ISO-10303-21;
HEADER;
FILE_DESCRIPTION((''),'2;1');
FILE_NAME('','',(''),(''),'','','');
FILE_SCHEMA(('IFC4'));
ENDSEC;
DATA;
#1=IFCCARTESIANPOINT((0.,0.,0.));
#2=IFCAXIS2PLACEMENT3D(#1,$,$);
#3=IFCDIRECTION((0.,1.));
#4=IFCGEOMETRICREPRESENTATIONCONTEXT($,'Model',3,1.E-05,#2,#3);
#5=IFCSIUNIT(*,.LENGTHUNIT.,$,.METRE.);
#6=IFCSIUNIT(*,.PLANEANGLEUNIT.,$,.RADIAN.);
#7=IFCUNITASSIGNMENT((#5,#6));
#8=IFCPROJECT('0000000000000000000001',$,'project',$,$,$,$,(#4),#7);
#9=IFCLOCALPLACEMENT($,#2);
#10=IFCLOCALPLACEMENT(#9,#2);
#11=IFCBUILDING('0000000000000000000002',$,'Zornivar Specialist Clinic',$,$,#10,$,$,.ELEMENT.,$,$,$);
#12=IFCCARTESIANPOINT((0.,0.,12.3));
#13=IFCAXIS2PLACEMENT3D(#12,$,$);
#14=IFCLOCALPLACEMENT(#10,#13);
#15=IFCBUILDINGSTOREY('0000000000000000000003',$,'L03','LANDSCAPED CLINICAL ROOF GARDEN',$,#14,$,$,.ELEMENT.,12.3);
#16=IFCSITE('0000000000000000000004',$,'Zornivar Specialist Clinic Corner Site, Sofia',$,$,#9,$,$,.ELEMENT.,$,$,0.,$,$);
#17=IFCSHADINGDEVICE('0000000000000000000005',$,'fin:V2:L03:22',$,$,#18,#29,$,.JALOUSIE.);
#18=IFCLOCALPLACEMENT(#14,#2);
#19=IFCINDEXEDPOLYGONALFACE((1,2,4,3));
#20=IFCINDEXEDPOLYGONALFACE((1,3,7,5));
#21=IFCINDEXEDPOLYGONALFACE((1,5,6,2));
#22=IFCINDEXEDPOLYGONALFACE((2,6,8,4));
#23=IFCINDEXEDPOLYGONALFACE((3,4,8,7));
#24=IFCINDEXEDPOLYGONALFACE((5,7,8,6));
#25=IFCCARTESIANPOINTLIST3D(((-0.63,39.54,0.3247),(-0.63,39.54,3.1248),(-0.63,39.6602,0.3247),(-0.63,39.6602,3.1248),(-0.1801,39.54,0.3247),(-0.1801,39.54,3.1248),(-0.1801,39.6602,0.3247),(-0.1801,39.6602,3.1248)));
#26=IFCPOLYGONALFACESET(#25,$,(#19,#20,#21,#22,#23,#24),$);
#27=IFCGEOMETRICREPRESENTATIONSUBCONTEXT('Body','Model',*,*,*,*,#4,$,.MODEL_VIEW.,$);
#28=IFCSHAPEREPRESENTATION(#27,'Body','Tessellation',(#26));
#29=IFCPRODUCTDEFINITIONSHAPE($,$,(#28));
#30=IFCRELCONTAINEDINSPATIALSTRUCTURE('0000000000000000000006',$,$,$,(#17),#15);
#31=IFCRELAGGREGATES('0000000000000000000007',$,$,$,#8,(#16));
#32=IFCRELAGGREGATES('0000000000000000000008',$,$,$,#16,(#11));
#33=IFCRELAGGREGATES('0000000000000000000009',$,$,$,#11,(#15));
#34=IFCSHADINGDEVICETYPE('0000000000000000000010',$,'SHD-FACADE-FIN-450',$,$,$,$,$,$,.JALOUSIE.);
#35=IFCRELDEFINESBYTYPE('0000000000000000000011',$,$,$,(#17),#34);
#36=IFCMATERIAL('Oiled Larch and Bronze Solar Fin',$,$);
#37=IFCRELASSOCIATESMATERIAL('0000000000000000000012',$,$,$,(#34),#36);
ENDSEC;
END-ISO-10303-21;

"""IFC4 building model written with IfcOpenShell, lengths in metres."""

from ifc_helpers import new_model, si_unit, direction, frame, origin, origin_2d, place, context, subcontext, project, spatial, rectangle, extrude, material, type_object, element, save


model = new_model("IFC4")

# Units and contexts
model_context = context("Model", 3, precision=1e-05, world=origin(), true_north=direction((0.0, 1.0)))
body_context = subcontext(model_context, "Body", "Model", "MODEL_VIEW")
ifc_project = project(units=[si_unit("LENGTHUNIT", "METRE"), si_unit("PLANEANGLEUNIT", "RADIAN")], contexts=[model_context])

# Site, building, storey
site_placement = place(None, origin())
site = spatial("IfcSite", under=ifc_project, at=site_placement, Name="Zornivar Specialist Clinic Corner Site, Sofia", CompositionType="ELEMENT", RefElevation=0.0)
building_placement = place(site_placement, origin())
building = spatial("IfcBuilding", under=site, at=building_placement, Name="Zornivar Specialist Clinic", CompositionType="ELEMENT")
storey_placement = place(building_placement, frame((0.0, 0.0, 12.3)))
storey = spatial("IfcBuildingStorey", under=building, at=storey_placement, Name="L03", Description="LANDSCAPED CLINICAL ROOF GARDEN", CompositionType="ELEMENT", Elevation=12.3)

# Shading device
ifc_material_1 = material(Name="Oiled Larch and Bronze Solar Fin")
shading_device_type = type_object("IfcShadingDeviceType", Name="SHD-FACADE-FIN-450", PredefinedType="JALOUSIE", material=ifc_material_1)
for number, where, z_axis, x_axis, name in (
    (1, (-0.405, 39.6001, 0.3247), (0.0, 0.0, 1.0), (0.0, -1.0, 0.0), "fin:V2:L03:22"),
):
    element("IfcShadingDevice", number, at=place(storey_placement, frame(where, z_axis=z_axis, x_axis=x_axis)), inside=storey, type_object=shading_device_type, Name=name, PredefinedType="JALOUSIE", context=body_context, shape_type="SweptSolid", body=[
        extrude(rectangle(XDim=0.1201, YDim=0.45, at=origin_2d()), origin(), (0.0, 0.0, 1.0), 2.8),
    ])

save(model, "model.ifc")
